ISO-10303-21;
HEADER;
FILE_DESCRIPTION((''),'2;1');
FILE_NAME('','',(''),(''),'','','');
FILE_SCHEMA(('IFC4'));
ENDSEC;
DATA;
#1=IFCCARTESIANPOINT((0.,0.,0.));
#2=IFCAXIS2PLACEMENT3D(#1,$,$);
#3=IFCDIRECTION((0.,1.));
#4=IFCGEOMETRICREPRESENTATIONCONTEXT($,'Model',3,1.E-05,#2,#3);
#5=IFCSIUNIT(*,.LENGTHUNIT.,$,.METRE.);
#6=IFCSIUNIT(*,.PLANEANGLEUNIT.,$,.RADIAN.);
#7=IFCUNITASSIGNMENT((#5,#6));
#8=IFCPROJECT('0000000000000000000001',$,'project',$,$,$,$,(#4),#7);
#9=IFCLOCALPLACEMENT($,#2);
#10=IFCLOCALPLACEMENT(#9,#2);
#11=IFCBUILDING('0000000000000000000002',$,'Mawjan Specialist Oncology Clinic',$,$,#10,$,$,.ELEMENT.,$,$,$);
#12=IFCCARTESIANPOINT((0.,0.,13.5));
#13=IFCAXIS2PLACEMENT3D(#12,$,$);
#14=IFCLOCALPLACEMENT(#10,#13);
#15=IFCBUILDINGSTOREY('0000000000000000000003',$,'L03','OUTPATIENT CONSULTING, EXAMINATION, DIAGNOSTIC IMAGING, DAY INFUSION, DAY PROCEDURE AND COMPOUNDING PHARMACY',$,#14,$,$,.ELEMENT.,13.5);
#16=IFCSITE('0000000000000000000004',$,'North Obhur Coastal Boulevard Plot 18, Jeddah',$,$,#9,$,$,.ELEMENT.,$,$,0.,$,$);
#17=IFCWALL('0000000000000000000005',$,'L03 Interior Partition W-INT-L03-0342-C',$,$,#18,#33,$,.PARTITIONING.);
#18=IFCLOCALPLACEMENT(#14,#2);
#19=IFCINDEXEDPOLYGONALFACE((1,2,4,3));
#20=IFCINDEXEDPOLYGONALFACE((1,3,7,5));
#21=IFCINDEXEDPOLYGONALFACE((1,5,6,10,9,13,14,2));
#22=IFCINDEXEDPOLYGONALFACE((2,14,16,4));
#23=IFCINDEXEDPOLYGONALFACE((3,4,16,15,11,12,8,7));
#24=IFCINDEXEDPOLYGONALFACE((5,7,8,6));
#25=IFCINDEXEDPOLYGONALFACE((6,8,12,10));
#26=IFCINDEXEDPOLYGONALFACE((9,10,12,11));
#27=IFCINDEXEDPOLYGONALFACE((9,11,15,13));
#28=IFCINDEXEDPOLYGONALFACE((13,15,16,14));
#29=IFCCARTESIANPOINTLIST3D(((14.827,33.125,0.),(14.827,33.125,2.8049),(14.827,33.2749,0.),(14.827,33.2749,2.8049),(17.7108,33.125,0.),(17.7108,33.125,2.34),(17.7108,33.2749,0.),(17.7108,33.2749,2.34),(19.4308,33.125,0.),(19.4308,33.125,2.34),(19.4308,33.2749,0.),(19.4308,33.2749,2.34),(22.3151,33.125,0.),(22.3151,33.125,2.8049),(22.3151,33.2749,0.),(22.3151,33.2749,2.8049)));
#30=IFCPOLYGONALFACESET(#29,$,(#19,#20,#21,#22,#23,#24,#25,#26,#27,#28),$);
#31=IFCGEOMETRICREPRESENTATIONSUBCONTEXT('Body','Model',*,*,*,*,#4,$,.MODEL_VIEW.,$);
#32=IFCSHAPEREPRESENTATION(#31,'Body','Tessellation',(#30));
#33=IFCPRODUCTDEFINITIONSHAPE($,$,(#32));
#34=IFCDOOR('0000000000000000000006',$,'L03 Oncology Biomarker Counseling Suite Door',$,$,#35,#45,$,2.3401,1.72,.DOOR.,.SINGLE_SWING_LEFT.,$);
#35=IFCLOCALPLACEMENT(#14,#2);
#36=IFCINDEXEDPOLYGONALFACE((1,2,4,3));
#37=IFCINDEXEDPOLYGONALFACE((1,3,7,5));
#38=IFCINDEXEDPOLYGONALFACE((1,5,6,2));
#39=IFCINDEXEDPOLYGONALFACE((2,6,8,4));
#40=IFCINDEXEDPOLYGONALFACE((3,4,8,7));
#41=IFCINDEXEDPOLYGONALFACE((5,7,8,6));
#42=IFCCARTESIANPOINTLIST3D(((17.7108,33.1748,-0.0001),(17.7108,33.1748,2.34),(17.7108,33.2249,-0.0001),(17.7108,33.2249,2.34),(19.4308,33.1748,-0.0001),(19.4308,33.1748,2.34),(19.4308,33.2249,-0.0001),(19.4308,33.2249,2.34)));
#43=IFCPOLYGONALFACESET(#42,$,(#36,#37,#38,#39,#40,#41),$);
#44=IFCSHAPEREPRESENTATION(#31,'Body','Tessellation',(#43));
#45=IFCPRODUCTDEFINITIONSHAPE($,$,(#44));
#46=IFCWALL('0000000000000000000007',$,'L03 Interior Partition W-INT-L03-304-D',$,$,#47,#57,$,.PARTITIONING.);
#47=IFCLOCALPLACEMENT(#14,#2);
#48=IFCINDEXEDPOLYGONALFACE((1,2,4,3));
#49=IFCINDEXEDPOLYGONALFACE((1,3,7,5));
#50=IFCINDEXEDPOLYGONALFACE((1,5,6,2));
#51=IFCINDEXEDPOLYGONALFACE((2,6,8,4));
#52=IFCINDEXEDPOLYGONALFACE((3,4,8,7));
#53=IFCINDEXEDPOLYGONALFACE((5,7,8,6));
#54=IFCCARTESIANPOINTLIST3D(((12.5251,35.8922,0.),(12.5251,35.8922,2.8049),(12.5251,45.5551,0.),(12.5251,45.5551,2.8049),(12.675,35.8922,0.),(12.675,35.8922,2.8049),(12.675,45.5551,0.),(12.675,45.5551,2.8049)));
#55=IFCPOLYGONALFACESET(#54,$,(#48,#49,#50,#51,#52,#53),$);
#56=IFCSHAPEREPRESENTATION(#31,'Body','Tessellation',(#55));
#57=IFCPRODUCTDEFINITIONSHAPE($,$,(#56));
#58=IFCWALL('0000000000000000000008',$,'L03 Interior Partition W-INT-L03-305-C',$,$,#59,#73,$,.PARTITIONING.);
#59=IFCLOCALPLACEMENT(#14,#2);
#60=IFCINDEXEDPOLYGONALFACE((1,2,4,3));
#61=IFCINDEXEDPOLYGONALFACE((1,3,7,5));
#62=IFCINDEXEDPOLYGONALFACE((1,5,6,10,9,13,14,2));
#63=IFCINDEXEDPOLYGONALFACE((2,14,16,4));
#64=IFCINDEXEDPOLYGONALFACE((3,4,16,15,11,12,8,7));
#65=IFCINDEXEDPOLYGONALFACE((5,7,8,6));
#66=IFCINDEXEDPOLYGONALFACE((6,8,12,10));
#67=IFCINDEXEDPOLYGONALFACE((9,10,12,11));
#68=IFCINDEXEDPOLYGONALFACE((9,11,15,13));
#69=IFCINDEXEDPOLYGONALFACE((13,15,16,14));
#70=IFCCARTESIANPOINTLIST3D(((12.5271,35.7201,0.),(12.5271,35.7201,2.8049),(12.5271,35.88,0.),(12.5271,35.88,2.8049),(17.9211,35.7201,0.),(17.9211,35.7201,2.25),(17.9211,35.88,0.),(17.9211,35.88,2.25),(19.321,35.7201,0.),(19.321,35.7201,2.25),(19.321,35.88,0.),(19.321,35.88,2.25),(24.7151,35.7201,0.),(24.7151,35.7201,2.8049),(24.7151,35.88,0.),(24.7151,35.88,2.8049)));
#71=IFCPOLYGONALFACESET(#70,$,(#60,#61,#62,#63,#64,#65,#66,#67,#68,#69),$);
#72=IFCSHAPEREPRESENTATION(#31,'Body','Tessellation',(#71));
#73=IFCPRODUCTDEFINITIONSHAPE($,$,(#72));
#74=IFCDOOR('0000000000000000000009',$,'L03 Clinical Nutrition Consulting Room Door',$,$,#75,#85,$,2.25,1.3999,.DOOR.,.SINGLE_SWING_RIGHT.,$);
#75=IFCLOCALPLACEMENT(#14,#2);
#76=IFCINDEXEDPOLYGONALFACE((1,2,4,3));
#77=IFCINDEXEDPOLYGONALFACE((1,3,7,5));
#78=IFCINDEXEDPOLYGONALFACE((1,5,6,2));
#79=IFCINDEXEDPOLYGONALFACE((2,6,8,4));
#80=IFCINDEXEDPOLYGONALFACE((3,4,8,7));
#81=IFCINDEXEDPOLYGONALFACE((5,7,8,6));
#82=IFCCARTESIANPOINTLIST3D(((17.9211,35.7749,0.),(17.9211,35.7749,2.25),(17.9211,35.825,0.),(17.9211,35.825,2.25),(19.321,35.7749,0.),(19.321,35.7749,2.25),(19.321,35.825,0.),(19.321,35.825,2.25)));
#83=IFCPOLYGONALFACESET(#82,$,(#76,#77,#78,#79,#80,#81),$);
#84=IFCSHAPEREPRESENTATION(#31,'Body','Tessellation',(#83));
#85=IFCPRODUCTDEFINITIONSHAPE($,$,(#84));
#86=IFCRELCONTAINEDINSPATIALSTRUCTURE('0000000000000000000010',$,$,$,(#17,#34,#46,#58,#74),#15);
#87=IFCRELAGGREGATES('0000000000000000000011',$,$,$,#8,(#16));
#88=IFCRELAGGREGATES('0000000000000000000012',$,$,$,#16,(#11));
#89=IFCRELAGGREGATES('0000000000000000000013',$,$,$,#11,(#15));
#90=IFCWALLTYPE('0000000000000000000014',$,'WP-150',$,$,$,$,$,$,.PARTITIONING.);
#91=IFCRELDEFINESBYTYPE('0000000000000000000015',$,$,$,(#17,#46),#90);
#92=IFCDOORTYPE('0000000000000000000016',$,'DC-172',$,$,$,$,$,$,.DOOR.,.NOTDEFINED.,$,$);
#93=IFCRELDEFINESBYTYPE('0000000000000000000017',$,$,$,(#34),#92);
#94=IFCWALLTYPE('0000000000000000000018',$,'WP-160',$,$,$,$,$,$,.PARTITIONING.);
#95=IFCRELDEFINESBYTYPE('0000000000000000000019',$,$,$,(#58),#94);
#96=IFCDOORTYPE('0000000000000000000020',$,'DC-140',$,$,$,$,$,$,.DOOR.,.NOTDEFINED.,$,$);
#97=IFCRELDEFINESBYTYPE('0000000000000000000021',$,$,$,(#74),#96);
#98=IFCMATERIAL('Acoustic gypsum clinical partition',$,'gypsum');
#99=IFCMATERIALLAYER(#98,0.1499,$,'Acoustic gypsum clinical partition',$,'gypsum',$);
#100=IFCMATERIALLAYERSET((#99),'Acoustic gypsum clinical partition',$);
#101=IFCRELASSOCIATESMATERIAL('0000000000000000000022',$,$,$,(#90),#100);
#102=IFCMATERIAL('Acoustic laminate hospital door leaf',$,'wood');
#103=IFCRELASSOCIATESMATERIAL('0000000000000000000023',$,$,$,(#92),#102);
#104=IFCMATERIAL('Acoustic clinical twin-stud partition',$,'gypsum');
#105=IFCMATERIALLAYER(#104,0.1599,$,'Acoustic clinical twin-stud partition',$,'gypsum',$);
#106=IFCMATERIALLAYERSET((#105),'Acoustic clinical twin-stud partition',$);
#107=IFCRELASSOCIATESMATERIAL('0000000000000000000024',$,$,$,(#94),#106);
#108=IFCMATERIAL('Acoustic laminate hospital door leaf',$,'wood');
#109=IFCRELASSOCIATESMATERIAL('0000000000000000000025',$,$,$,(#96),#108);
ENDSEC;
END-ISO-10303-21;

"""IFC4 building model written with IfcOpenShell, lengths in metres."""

from ifc_helpers import new_model, si_unit, direction, frame, frame_2d, origin, place, context, subcontext, project, spatial, rectangle, extrude, material, layer, layer_set, type_object, element, fill, save


model = new_model("IFC4")

# Units and contexts
model_context = context("Model", 3, precision=1e-05, world=origin(), true_north=direction((0.0, 1.0)))
body_context = subcontext(model_context, "Body", "Model", "MODEL_VIEW")
ifc_project = project(units=[si_unit("LENGTHUNIT", "METRE"), si_unit("PLANEANGLEUNIT", "RADIAN")], contexts=[model_context])

# Site, building, storey
site_placement = place(None, origin())
site = spatial("IfcSite", under=ifc_project, at=site_placement, Name="North Obhur Coastal Boulevard Plot 18, Jeddah", CompositionType="ELEMENT", RefElevation=0.0)
building_placement = place(site_placement, origin())
building = spatial("IfcBuilding", under=site, at=building_placement, Name="Mawjan Specialist Oncology Clinic", CompositionType="ELEMENT")
storey_placement = place(building_placement, frame((0.0, 0.0, 13.5)))
storey = spatial("IfcBuildingStorey", under=building, at=storey_placement, Name="L03", Description="OUTPATIENT CONSULTING, EXAMINATION, DIAGNOSTIC IMAGING, DAY INFUSION, DAY PROCEDURE AND COMPOUNDING PHARMACY", CompositionType="ELEMENT", Elevation=13.5)

# Wall, opening, door
ifc_material_1 = material(Name="Acoustic gypsum clinical partition", Category="gypsum")
ifc_layer_1 = layer(ifc_material_1, 0.1499, Name="Acoustic gypsum clinical partition", Category="gypsum")
ifc_layer_set_1 = layer_set([ifc_layer_1], Name="Acoustic gypsum clinical partition")
wall_type_1 = type_object("IfcWallType", Name="WP-150", PredefinedType="PARTITIONING", material=ifc_layer_set_1)
wall_1_placement = place(storey_placement, frame((14.8269, 33.2, 0.0), z_axis=(0.0, 0.0, 1.0), x_axis=(1.0, 0.0, 0.0)))
wall_1 = element("IfcWall", 1, at=wall_1_placement, inside=storey, type_object=wall_type_1, Name="L03 Interior Partition W-INT-L03-0342-C", PredefinedType="PARTITIONING", context=body_context, shape_type="SweptSolid", body=[
    extrude(rectangle(XDim=7.488, YDim=0.1499, at=frame_2d((3.7441, 0.0))), origin(), (0.0, 0.0, 1.0), 2.8049),
])
opening_1_placement = place(wall_1_placement, frame((2.884, 0.0, 0.0)))
opening_1 = element("IfcOpeningElement", 2, at=opening_1_placement, cuts=wall_1, PredefinedType="OPENING", context=body_context, shape_type="SweptSolid", body=[
    extrude(rectangle(XDim=1.72, YDim=2.3401, at=frame_2d((0.8599, 1.1699))), frame((0.0, 0.0869, 0.0), z_axis=(0.0, -1.0, 0.0), x_axis=(1.0, 0.0, 0.0)), (0.0, 0.0, 1.0), 0.1738),
])
ifc_material_2 = material(Name="Acoustic laminate hospital door leaf", Category="wood")
door_type_1 = type_object("IfcDoorType", Name="DC-172", OperationType="NOTDEFINED", PredefinedType="DOOR", material=ifc_material_2)
door_1_placement = place(opening_1_placement, origin())
door_1 = element("IfcDoor", 3, at=door_1_placement, inside=storey, type_object=door_type_1, Name="L03 Oncology Biomarker Counseling Suite Door", OperationType="SINGLE_SWING_LEFT", OverallHeight=2.3401, OverallWidth=1.72, PredefinedType="DOOR", context=body_context, shape_type="SweptSolid", body=[
    extrude(rectangle(XDim=1.72, YDim=2.3401, at=frame_2d((0.8599, 1.1699))), frame((0.0, 0.0249, 0.0), z_axis=(0.0, -1.0, 0.0), x_axis=(1.0, 0.0, 0.0)), (0.0, 0.0, 1.0), 0.05),
])
fill(opening_1, door_1)

# Wall
wall_2_placement = place(storey_placement, frame((12.6001, 35.8921, 0.0), z_axis=(0.0, 0.0, 1.0), x_axis=(0.0, 1.0, 0.0)))
element("IfcWall", 4, at=wall_2_placement, inside=storey, type_object=wall_type_1, Name="L03 Interior Partition W-INT-L03-304-D", PredefinedType="PARTITIONING", context=body_context, shape_type="SweptSolid", body=[
    extrude(rectangle(XDim=9.6628, YDim=0.1499, at=frame_2d((4.8315, 0.0))), origin(), (0.0, 0.0, 1.0), 2.8049),
])

# Wall, opening, door
ifc_material_3 = material(Name="Acoustic clinical twin-stud partition", Category="gypsum")
ifc_layer_2 = layer(ifc_material_3, 0.1599, Name="Acoustic clinical twin-stud partition", Category="gypsum")
ifc_layer_set_2 = layer_set([ifc_layer_2], Name="Acoustic clinical twin-stud partition")
wall_type_2 = type_object("IfcWallType", Name="WP-160", PredefinedType="PARTITIONING", material=ifc_layer_set_2)
wall_3_placement = place(storey_placement, frame((12.5271, 35.8, 0.0), z_axis=(0.0, 0.0, 1.0), x_axis=(1.0, 0.0, 0.0)))
wall_3 = element("IfcWall", 5, at=wall_3_placement, inside=storey, type_object=wall_type_2, Name="L03 Interior Partition W-INT-L03-305-C", PredefinedType="PARTITIONING", context=body_context, shape_type="SweptSolid", body=[
    extrude(rectangle(XDim=12.188, YDim=0.1599, at=frame_2d((6.094, 0.0))), origin(), (0.0, 0.0, 1.0), 2.8049),
])
opening_2_placement = place(wall_3_placement, frame((5.394, 0.0, 0.0)))
opening_2 = element("IfcOpeningElement", 6, at=opening_2_placement, cuts=wall_3, PredefinedType="OPENING", context=body_context, shape_type="SweptSolid", body=[
    extrude(rectangle(XDim=1.3999, YDim=2.25, at=frame_2d((0.7, 1.125))), frame((0.0, 0.092, 0.0), z_axis=(0.0, -1.0, 0.0), x_axis=(1.0, 0.0, 0.0)), (0.0, 0.0, 1.0), 0.1838),
])
ifc_material_4 = material(Name="Acoustic laminate hospital door leaf", Category="wood")
door_type_2 = type_object("IfcDoorType", Name="DC-140", OperationType="NOTDEFINED", PredefinedType="DOOR", material=ifc_material_4)
door_2_placement = place(opening_2_placement, origin())
door_2 = element("IfcDoor", 7, at=door_2_placement, inside=storey, type_object=door_type_2, Name="L03 Clinical Nutrition Consulting Room Door", OperationType="SINGLE_SWING_RIGHT", OverallHeight=2.25, OverallWidth=1.3999, PredefinedType="DOOR", context=body_context, shape_type="SweptSolid", body=[
    extrude(rectangle(XDim=1.3999, YDim=2.25, at=frame_2d((0.7, 1.125))), frame((0.0, 0.0249, 0.0), z_axis=(0.0, -1.0, 0.0), x_axis=(1.0, 0.0, 0.0)), (0.0, 0.0, 1.0), 0.05),
])
fill(opening_2, door_2)

save(model, "model.ifc")
